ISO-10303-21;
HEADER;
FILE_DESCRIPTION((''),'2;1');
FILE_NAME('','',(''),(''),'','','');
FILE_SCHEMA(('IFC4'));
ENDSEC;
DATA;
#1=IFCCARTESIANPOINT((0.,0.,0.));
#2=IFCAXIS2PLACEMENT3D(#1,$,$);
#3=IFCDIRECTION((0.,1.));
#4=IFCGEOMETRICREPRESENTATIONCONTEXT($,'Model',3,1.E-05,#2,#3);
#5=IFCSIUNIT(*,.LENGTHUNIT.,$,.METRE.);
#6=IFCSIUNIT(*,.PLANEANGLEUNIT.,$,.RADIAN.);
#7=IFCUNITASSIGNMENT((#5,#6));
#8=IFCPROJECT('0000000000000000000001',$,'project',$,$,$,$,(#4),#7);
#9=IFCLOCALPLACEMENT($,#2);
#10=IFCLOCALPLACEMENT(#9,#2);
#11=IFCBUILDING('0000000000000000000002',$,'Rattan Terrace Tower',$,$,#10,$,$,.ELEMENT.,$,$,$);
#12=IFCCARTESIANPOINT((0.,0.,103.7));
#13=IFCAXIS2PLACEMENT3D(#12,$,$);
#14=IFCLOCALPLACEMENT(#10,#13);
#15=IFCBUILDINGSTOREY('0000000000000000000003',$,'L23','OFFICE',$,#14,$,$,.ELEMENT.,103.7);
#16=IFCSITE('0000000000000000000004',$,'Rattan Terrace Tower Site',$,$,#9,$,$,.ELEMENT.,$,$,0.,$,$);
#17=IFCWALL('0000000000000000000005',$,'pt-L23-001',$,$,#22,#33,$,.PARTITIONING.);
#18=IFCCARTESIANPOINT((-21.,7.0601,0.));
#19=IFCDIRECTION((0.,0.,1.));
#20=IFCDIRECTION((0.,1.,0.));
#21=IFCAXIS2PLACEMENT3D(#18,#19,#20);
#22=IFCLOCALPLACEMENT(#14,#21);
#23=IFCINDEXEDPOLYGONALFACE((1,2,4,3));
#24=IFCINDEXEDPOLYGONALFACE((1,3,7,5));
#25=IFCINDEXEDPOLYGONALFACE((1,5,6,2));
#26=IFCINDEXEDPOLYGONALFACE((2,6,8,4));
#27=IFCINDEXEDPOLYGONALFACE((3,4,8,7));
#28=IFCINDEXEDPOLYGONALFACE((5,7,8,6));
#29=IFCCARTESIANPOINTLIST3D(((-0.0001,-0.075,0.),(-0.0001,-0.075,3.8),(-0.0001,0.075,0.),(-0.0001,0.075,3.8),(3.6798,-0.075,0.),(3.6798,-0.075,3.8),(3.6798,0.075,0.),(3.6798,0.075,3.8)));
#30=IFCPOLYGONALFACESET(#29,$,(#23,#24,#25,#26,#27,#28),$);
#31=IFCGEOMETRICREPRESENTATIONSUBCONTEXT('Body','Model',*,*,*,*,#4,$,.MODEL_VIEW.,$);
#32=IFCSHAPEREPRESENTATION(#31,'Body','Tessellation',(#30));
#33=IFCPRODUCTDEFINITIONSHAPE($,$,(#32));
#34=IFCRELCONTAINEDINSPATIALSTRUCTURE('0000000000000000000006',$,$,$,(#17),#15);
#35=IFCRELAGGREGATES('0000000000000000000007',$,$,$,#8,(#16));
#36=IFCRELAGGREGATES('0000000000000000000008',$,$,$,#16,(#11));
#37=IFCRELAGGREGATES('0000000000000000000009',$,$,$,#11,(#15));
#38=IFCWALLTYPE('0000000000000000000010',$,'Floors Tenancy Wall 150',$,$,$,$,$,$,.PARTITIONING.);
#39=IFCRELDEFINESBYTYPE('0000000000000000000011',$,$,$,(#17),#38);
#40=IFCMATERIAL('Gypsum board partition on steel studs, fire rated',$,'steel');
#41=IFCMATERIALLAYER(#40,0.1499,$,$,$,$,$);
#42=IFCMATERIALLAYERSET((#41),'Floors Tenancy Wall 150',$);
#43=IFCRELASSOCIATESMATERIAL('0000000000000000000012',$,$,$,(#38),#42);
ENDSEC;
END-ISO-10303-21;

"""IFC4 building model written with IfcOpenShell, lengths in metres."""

from ifc_helpers import new_model, si_unit, direction, frame, frame_2d, origin, place, context, subcontext, project, spatial, rectangle, extrude, material, layer, layer_set, type_object, element, save


model = new_model("IFC4")

# Units and contexts
model_context = context("Model", 3, precision=1e-05, world=origin(), true_north=direction((0.0, 1.0)))
body_context = subcontext(model_context, "Body", "Model", "MODEL_VIEW")
ifc_project = project(units=[si_unit("LENGTHUNIT", "METRE"), si_unit("PLANEANGLEUNIT", "RADIAN")], contexts=[model_context])

# Site, building, storey
site_placement = place(None, origin())
site = spatial("IfcSite", under=ifc_project, at=site_placement, Name="Rattan Terrace Tower Site", CompositionType="ELEMENT", RefElevation=0.0)
building_placement = place(site_placement, origin())
building = spatial("IfcBuilding", under=site, at=building_placement, Name="Rattan Terrace Tower", CompositionType="ELEMENT")
storey_placement = place(building_placement, frame((0.0, 0.0, 103.7)))
storey = spatial("IfcBuildingStorey", under=building, at=storey_placement, Name="L23", Description="OFFICE", CompositionType="ELEMENT", Elevation=103.7)

# Wall
ifc_material_1 = material(Name="Gypsum board partition on steel studs, fire rated", Category="steel")
ifc_layer_1 = layer(ifc_material_1, 0.1499)
ifc_layer_set_1 = layer_set([ifc_layer_1], Name="Floors Tenancy Wall 150")
wall_type_1 = type_object("IfcWallType", Name="Floors Tenancy Wall 150", PredefinedType="PARTITIONING", material=ifc_layer_set_1)
wall_1_placement = place(storey_placement, frame((-21.0, 7.0601, 0.0), z_axis=(0.0, 0.0, 1.0), x_axis=(0.0, 1.0, 0.0)))
element("IfcWall", 1, at=wall_1_placement, inside=storey, type_object=wall_type_1, Name="pt-L23-001", PredefinedType="PARTITIONING", context=body_context, shape_type="SweptSolid", body=[
    extrude(rectangle(XDim=3.6799, YDim=0.1499, at=frame_2d((1.8398, 0.0))), origin(), (0.0, 0.0, 1.0), 3.8),
])

save(model, "model.ifc")
